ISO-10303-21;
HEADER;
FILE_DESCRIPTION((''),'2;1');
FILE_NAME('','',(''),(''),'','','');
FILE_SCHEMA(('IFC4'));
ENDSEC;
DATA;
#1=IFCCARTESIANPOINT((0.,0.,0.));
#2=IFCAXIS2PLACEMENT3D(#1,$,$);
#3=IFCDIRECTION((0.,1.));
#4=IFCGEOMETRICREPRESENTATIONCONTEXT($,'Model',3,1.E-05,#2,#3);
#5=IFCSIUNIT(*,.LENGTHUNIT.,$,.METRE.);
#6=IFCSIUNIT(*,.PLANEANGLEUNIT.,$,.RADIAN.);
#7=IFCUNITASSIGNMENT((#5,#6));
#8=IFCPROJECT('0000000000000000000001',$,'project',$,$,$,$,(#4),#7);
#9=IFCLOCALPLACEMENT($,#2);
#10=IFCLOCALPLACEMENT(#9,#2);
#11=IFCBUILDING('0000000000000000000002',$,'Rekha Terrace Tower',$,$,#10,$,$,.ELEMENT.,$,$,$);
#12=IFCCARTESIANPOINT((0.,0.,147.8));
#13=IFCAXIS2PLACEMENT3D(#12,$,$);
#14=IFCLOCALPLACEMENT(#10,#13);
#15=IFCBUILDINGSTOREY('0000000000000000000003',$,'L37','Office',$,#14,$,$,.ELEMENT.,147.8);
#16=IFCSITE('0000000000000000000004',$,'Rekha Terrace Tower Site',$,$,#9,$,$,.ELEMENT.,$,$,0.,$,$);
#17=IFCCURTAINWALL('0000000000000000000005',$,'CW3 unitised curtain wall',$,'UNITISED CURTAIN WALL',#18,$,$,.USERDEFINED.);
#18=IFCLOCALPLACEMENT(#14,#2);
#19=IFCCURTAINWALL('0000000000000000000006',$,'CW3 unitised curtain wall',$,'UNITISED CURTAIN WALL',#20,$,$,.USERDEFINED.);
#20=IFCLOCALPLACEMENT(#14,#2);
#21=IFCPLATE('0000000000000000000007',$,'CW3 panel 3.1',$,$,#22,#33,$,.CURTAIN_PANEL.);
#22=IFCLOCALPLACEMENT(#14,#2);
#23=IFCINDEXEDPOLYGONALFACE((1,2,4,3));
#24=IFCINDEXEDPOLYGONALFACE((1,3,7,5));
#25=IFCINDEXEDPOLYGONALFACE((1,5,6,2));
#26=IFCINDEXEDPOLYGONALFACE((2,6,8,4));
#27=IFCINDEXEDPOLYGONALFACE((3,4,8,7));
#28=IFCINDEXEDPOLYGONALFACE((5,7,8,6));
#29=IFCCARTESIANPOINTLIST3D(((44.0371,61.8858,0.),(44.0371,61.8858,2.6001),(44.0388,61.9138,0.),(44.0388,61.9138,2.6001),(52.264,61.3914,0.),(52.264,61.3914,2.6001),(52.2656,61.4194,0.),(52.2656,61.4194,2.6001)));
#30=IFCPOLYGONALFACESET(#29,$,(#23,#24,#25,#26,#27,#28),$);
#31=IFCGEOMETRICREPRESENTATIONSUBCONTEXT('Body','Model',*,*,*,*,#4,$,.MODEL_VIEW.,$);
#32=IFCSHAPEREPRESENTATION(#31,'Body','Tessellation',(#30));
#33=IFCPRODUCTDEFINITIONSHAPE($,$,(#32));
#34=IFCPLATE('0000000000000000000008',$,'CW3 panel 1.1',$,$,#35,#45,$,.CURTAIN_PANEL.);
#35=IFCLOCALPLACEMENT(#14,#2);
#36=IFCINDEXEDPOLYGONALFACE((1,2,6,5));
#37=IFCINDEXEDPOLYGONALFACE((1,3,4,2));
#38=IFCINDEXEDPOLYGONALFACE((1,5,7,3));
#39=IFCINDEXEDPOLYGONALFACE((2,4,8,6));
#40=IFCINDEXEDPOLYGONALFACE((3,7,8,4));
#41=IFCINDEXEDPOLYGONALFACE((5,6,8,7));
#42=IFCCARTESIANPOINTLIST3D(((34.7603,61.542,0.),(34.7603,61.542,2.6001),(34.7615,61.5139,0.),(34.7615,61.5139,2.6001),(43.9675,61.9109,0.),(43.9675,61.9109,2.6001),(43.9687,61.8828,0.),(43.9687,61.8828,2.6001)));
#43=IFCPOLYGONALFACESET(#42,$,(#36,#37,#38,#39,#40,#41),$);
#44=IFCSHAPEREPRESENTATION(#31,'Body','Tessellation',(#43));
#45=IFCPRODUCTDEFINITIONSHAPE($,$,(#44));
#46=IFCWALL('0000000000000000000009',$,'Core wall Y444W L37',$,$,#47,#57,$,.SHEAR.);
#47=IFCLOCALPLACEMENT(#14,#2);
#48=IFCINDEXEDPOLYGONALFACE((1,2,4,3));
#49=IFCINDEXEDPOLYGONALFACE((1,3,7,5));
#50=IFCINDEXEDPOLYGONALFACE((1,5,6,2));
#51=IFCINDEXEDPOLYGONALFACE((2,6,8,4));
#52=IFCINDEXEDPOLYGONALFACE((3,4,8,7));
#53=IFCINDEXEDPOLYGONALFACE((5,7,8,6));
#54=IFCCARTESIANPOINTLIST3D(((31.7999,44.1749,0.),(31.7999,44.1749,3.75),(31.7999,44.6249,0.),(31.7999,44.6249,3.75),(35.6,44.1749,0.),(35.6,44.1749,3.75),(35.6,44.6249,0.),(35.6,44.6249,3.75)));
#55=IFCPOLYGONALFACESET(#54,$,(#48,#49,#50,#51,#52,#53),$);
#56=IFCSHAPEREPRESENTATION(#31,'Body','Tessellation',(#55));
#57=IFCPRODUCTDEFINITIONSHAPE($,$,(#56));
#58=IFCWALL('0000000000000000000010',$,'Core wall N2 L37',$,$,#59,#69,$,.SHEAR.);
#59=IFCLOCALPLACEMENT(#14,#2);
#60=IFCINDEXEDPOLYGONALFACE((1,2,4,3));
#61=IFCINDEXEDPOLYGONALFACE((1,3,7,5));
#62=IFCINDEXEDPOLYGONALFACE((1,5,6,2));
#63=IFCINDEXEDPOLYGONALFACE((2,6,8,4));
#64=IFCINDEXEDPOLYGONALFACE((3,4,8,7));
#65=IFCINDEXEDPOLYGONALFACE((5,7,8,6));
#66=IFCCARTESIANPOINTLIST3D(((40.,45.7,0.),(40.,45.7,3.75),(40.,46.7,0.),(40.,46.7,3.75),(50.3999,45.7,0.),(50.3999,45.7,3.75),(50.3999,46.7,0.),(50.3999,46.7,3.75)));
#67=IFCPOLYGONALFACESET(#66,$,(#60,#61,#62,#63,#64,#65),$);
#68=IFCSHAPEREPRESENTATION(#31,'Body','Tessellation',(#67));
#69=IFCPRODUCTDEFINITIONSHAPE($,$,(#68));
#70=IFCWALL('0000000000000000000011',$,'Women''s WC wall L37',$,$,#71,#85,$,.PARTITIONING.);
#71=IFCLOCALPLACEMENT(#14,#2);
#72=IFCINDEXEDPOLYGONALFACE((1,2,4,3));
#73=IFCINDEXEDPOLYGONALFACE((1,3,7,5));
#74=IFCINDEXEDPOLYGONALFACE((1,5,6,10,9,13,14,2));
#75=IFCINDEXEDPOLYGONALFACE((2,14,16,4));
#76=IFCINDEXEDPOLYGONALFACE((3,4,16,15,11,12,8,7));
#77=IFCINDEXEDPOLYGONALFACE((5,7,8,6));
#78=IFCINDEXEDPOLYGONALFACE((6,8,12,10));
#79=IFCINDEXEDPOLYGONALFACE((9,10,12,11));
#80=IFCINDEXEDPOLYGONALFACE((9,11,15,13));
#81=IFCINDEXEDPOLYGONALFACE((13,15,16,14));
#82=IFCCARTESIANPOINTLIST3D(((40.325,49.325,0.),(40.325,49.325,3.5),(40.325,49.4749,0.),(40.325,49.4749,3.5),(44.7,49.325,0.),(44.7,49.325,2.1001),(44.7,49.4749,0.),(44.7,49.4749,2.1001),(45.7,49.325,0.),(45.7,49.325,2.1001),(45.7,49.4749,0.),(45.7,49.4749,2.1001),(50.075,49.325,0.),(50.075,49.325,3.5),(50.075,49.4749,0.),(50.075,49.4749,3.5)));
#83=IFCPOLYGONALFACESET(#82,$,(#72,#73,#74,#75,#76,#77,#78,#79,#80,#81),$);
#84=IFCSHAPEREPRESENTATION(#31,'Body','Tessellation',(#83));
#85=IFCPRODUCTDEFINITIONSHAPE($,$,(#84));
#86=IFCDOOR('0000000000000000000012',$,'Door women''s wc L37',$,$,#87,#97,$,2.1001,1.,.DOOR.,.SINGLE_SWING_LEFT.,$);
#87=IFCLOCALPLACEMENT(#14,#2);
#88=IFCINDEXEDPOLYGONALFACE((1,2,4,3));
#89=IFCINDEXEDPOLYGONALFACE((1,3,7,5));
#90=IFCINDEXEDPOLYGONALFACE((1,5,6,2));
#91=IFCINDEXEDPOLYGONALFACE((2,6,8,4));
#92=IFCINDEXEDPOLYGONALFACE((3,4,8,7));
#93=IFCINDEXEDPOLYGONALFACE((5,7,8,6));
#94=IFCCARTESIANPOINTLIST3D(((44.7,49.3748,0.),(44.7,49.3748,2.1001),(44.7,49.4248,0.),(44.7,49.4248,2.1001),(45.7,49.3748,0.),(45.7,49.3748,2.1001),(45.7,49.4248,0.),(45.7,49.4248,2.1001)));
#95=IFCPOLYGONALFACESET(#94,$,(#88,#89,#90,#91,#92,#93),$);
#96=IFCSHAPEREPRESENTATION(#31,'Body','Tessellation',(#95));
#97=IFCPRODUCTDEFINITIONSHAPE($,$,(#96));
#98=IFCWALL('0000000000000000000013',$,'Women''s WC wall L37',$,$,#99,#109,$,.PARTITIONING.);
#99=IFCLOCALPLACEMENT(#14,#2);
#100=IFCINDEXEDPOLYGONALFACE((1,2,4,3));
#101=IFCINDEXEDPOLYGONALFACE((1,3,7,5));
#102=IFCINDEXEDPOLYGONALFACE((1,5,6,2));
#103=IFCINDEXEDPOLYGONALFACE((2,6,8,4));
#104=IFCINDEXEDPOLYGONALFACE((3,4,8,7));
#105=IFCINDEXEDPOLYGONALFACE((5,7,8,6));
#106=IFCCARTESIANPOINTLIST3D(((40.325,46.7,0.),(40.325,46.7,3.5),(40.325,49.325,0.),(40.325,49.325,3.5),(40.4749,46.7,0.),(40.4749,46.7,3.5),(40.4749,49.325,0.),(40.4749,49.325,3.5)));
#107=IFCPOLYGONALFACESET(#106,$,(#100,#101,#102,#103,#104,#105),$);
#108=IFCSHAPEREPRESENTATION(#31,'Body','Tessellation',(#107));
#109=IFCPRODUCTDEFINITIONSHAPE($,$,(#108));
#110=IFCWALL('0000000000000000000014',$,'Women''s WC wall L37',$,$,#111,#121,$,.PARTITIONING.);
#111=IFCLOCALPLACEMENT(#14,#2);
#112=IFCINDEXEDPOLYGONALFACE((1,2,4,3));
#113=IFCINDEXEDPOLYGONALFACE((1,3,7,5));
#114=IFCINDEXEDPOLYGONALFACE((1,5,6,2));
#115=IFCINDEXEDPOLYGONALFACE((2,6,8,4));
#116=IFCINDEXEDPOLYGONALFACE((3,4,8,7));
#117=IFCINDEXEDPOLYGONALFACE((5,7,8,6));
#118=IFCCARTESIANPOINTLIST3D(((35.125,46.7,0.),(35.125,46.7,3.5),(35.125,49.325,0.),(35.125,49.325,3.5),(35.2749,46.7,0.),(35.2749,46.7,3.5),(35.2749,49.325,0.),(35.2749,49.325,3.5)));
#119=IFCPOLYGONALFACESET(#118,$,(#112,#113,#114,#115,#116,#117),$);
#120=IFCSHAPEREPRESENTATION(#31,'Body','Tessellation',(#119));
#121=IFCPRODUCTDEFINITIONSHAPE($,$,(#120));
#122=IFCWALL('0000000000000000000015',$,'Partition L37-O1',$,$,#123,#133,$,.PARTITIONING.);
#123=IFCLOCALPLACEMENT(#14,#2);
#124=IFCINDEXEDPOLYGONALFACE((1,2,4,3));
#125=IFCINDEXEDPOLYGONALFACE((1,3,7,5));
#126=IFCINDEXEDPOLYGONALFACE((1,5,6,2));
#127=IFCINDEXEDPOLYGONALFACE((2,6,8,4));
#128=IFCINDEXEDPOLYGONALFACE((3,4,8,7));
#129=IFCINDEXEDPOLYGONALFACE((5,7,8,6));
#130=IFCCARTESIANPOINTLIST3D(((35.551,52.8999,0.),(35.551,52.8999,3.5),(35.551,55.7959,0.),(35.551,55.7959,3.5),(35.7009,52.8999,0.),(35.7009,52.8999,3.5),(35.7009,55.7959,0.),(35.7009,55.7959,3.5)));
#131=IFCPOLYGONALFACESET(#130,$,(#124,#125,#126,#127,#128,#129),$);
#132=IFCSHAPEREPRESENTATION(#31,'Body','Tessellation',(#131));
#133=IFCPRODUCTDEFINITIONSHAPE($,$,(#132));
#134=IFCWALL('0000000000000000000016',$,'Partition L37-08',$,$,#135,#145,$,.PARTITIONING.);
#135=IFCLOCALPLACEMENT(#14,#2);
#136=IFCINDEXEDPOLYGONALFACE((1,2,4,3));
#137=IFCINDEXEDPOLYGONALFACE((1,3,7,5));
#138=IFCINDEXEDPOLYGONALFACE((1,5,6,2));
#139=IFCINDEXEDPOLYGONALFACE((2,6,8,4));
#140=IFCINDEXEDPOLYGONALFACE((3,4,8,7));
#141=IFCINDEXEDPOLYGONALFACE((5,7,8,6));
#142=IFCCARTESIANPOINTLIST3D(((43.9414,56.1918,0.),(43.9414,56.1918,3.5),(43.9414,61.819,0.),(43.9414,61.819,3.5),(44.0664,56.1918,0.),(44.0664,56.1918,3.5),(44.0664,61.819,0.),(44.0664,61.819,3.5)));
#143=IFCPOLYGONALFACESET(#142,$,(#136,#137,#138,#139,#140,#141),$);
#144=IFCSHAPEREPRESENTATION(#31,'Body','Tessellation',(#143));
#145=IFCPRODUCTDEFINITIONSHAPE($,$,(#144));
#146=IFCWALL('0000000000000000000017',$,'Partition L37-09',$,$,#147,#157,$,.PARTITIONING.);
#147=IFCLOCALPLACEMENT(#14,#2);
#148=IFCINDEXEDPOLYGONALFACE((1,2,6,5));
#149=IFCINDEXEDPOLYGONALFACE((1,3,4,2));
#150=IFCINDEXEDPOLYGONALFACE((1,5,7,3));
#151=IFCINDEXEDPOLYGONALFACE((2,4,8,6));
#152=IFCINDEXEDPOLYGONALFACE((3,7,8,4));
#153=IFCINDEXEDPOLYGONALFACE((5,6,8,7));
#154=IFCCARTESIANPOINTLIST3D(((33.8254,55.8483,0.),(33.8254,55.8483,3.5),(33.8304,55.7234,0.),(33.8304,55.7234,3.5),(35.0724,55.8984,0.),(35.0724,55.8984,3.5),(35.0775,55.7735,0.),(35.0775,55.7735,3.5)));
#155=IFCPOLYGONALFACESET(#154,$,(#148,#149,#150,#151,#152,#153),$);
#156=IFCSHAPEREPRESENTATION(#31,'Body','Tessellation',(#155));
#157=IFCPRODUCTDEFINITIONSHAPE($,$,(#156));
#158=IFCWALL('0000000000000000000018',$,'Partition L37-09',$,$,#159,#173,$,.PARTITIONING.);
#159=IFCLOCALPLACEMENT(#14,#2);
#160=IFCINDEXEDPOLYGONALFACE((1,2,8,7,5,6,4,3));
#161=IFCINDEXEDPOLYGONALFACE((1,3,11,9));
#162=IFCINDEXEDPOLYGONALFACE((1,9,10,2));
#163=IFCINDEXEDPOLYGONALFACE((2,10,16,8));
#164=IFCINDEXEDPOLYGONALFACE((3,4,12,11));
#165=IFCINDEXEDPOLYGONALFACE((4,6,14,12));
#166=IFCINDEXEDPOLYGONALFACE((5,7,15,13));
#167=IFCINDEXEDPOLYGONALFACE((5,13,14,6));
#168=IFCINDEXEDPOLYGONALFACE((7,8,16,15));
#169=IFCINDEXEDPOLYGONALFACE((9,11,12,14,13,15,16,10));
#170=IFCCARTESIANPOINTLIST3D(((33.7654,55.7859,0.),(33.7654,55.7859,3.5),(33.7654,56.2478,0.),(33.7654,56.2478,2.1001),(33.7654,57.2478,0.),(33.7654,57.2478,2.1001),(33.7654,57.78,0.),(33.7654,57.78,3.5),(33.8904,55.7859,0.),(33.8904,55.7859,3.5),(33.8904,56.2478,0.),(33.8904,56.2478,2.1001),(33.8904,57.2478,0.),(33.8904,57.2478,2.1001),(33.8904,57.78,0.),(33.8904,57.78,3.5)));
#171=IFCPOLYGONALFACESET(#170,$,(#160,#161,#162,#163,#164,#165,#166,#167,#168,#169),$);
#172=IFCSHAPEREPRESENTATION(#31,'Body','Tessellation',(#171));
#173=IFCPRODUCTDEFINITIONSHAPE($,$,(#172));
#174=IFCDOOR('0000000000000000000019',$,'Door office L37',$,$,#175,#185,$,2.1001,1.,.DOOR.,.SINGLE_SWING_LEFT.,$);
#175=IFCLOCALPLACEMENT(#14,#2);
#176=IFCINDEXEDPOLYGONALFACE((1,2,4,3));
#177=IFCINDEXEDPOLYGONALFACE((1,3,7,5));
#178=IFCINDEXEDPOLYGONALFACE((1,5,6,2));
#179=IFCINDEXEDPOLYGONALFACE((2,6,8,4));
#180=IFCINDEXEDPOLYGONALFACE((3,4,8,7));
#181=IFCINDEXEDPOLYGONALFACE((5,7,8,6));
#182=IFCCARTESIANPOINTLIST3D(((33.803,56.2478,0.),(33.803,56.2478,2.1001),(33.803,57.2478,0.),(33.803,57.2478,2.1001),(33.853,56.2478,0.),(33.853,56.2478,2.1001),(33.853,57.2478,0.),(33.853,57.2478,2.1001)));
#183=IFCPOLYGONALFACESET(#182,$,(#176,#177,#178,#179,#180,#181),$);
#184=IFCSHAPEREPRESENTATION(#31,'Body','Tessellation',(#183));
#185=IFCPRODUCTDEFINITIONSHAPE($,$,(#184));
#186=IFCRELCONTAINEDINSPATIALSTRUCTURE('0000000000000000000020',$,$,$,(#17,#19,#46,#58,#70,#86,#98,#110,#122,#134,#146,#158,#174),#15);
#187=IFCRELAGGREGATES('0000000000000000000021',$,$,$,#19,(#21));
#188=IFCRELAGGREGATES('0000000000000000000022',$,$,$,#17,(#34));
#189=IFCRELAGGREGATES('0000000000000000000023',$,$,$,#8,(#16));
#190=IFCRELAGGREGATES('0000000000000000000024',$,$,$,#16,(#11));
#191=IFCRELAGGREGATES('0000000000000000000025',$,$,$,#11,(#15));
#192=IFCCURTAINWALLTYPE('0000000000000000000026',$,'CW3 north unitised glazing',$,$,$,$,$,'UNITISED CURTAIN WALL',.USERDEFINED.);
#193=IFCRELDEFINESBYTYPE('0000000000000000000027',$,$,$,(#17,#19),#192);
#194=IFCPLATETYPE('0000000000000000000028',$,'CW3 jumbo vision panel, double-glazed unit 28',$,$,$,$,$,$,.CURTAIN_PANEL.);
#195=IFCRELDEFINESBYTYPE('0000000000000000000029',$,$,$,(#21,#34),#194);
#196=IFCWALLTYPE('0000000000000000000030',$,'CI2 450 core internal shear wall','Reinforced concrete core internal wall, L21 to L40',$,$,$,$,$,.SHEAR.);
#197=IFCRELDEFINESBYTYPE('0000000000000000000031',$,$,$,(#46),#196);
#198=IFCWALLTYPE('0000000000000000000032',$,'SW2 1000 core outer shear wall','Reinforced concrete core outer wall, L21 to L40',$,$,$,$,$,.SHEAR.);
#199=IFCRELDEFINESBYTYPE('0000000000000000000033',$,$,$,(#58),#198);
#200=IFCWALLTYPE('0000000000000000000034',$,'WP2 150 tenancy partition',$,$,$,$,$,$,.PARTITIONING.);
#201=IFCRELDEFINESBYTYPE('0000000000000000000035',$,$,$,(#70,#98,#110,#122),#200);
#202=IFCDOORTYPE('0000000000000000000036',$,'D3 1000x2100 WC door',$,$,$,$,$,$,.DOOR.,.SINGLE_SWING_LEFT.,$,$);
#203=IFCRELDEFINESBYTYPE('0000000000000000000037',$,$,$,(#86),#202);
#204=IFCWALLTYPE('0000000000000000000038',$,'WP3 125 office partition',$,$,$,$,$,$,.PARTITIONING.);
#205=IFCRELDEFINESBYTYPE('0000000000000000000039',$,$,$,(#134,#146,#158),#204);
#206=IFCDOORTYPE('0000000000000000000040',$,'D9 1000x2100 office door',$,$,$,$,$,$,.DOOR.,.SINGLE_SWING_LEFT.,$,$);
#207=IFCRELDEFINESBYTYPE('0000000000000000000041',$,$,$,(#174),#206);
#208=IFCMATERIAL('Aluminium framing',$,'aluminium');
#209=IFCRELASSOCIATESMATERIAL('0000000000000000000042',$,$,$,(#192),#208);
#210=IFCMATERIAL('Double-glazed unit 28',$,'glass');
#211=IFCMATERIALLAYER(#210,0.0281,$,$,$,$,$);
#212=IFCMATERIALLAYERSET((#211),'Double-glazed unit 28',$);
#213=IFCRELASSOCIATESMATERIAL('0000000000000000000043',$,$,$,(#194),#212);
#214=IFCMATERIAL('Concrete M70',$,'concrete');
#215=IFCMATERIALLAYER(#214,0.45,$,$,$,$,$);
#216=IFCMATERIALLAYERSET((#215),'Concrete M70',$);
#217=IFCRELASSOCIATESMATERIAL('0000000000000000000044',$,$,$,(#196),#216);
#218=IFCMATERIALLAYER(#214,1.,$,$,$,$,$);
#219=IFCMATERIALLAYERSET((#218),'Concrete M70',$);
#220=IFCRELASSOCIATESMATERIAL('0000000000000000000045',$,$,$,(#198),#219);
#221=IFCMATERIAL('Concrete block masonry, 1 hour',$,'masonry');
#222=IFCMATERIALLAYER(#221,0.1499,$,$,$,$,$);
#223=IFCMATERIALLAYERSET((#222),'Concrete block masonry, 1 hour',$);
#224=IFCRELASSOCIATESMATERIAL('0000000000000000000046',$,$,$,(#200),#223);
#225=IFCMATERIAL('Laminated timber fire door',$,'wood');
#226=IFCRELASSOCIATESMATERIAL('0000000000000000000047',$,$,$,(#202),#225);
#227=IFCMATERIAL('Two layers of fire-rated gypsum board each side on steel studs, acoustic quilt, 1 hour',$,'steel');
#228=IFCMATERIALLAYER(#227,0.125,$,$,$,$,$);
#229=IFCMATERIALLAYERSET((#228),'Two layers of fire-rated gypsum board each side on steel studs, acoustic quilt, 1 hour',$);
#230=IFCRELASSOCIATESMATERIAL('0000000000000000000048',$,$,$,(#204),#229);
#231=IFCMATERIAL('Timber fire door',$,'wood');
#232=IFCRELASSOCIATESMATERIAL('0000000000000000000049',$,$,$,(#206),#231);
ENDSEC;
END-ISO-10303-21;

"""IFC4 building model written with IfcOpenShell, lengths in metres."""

from ifc_helpers import new_model, si_unit, direction, frame, frame_2d, origin, origin_2d, place, context, subcontext, project, spatial, rectangle, extrude, material, layer, layer_set, type_object, element, fill, aggregate, save


model = new_model("IFC4")

# Units and contexts
model_context = context("Model", 3, precision=1e-05, world=origin(), true_north=direction((0.0, 1.0)))
body_context = subcontext(model_context, "Body", "Model", "MODEL_VIEW")
ifc_project = project(units=[si_unit("LENGTHUNIT", "METRE"), si_unit("PLANEANGLEUNIT", "RADIAN")], contexts=[model_context])

# Site, building, storey
site_placement = place(None, origin())
site = spatial("IfcSite", under=ifc_project, at=site_placement, Name="Rekha Terrace Tower Site", CompositionType="ELEMENT", RefElevation=0.0)
building_placement = place(site_placement, origin())
building = spatial("IfcBuilding", under=site, at=building_placement, Name="Rekha Terrace Tower", CompositionType="ELEMENT")
storey_placement = place(building_placement, frame((0.0, 0.0, 147.8)))
storey = spatial("IfcBuildingStorey", under=building, at=storey_placement, Name="L37", Description="Office", CompositionType="ELEMENT", Elevation=147.8)

# Shared definitions
ifc_material_1 = material(Name="Concrete M70", Category="concrete")

# Curtain wall
ifc_material_2 = material(Name="Aluminium framing", Category="aluminium")
curtain_wall_type = type_object("IfcCurtainWallType", Name="CW3 north unitised glazing", ElementType="UNITISED CURTAIN WALL", PredefinedType="USERDEFINED", material=ifc_material_2)
curtain_wall_1_placement = place(storey_placement, origin())
curtain_wall_1 = element("IfcCurtainWall", 1, at=curtain_wall_1_placement, inside=storey, type_object=curtain_wall_type, Name="CW3 unitised curtain wall", ObjectType="UNITISED CURTAIN WALL", PredefinedType="USERDEFINED")

# Curtain wall, plate
curtain_wall_2_placement = place(storey_placement, origin())
curtain_wall_2 = element("IfcCurtainWall", 2, at=curtain_wall_2_placement, inside=storey, type_object=curtain_wall_type, Name="CW3 unitised curtain wall", ObjectType="UNITISED CURTAIN WALL", PredefinedType="USERDEFINED")
ifc_material_3 = material(Name="Double-glazed unit 28", Category="glass")
ifc_layer_1 = layer(ifc_material_3, 0.0281)
ifc_layer_set_1 = layer_set([ifc_layer_1], Name="Double-glazed unit 28")
plate_type = type_object("IfcPlateType", Name="CW3 jumbo vision panel, double-glazed unit 28", PredefinedType="CURTAIN_PANEL", material=ifc_layer_set_1)
plate_1_placement = place(storey_placement, frame((48.1514, 61.6526, 0.0), z_axis=(0.0, 0.0, 1.0), x_axis=(-0.998199, 0.059988, 0.0)))
plate_1 = element("IfcPlate", 3, at=plate_1_placement, type_object=plate_type, Name="CW3 panel 3.1", PredefinedType="CURTAIN_PANEL", context=body_context, shape_type="SweptSolid", body=[
    extrude(rectangle(XDim=8.2417, YDim=0.0281, at=origin_2d()), origin(), (0.0, 0.0, 1.0), 2.6001),
])
aggregate(curtain_wall_2, [plate_1])

# Plate
plate_2_placement = place(storey_placement, frame((39.3645, 61.7124, 0.0), z_axis=(0.0, 0.0, 1.0), x_axis=(-0.999198, -0.040032, 0.0)))
plate_2 = element("IfcPlate", 4, at=plate_2_placement, type_object=plate_type, Name="CW3 panel 1.1", PredefinedType="CURTAIN_PANEL", context=body_context, shape_type="SweptSolid", body=[
    extrude(rectangle(XDim=9.2146, YDim=0.0281, at=origin_2d()), origin(), (0.0, 0.0, 1.0), 2.6001),
])
aggregate(curtain_wall_1, [plate_2])

# Walls
ifc_layer_2 = layer(ifc_material_1, 0.45)
ifc_layer_set_2 = layer_set([ifc_layer_2], Name="Concrete M70")
wall_type_1 = type_object("IfcWallType", Name="CI2 450 core internal shear wall", Description="Reinforced concrete core internal wall, L21 to L40", PredefinedType="SHEAR", material=ifc_layer_set_2)
wall_1_placement = place(storey_placement, frame((31.8, 44.3999, 0.0), z_axis=(0.0, 0.0, 1.0), x_axis=(1.0, 0.0, 0.0)))
element("IfcWall", 5, at=wall_1_placement, inside=storey, type_object=wall_type_1, Name="Core wall Y444W L37", PredefinedType="SHEAR", context=body_context, shape_type="SweptSolid", body=[
    extrude(rectangle(XDim=3.8, YDim=0.45, at=frame_2d((1.8999, 0.0))), origin(), (0.0, 0.0, 1.0), 3.75),
])
ifc_layer_3 = layer(ifc_material_1, 1.0)
ifc_layer_set_3 = layer_set([ifc_layer_3], Name="Concrete M70")
wall_type_2 = type_object("IfcWallType", Name="SW2 1000 core outer shear wall", Description="Reinforced concrete core outer wall, L21 to L40", PredefinedType="SHEAR", material=ifc_layer_set_3)
wall_2_placement = place(storey_placement, frame((40.0, 46.2, 0.0), z_axis=(0.0, 0.0, 1.0), x_axis=(1.0, 0.0, 0.0)))
element("IfcWall", 6, at=wall_2_placement, inside=storey, type_object=wall_type_2, Name="Core wall N2 L37", PredefinedType="SHEAR", context=body_context, shape_type="SweptSolid", body=[
    extrude(rectangle(XDim=10.3999, YDim=1.0, at=frame_2d((5.2, 0.0))), origin(), (0.0, 0.0, 1.0), 3.75),
])

# Wall, opening, door
ifc_material_4 = material(Name="Concrete block masonry, 1 hour", Category="masonry")
ifc_layer_4 = layer(ifc_material_4, 0.1499)
ifc_layer_set_4 = layer_set([ifc_layer_4], Name="Concrete block masonry, 1 hour")
wall_type_3 = type_object("IfcWallType", Name="WP2 150 tenancy partition", PredefinedType="PARTITIONING", material=ifc_layer_set_4)
wall_3_placement = place(storey_placement, frame((40.325, 49.3999, 0.0), z_axis=(0.0, 0.0, 1.0), x_axis=(1.0, 0.0, 0.0)))
wall_3 = element("IfcWall", 7, at=wall_3_placement, inside=storey, type_object=wall_type_3, Name="Women's WC wall L37", PredefinedType="PARTITIONING", context=body_context, shape_type="SweptSolid", body=[
    extrude(rectangle(XDim=9.75, YDim=0.1499, at=frame_2d((4.875, 0.0))), origin(), (0.0, 0.0, 1.0), 3.5),
])
opening_1_placement = place(wall_3_placement, frame((4.375, 0.0, 0.0)))
opening_1 = element("IfcOpeningElement", 8, at=opening_1_placement, cuts=wall_3, PredefinedType="OPENING", context=body_context, shape_type="SweptSolid", body=[
    extrude(rectangle(XDim=1.0, YDim=2.1001, at=frame_2d((0.5, 1.05))), frame((0.0, 0.085, 0.0), z_axis=(0.0, -1.0, 0.0), x_axis=(1.0, 0.0, 0.0)), (0.0, 0.0, 1.0), 0.1699),
])
ifc_material_5 = material(Name="Laminated timber fire door", Category="wood")
door_type_1 = type_object("IfcDoorType", Name="D3 1000x2100 WC door", OperationType="SINGLE_SWING_LEFT", PredefinedType="DOOR", material=ifc_material_5)
door_1_placement = place(opening_1_placement, origin())
door_1 = element("IfcDoor", 9, at=door_1_placement, inside=storey, type_object=door_type_1, Name="Door women's wc L37", OperationType="SINGLE_SWING_LEFT", OverallHeight=2.1001, OverallWidth=1.0, PredefinedType="DOOR", context=body_context, shape_type="SweptSolid", body=[
    extrude(rectangle(XDim=1.0, YDim=2.1001, at=frame_2d((0.5, 1.05))), frame((0.0, 0.0249, 0.0), z_axis=(0.0, -1.0, 0.0), x_axis=(1.0, 0.0, 0.0)), (0.0, 0.0, 1.0), 0.05),
])
fill(opening_1, door_1)

# Walls
for number, where, z_axis, x_axis, name in (
    (10, (40.3999, 46.7, 0.0), (0.0, 0.0, 1.0), (0.0, 1.0, 0.0), "Women's WC wall L37"),
    (11, (35.2, 46.7, 0.0), (0.0, 0.0, 1.0), (0.0, 1.0, 0.0), "Women's WC wall L37"),
):
    element("IfcWall", number, at=place(storey_placement, frame(where, z_axis=z_axis, x_axis=x_axis)), inside=storey, type_object=wall_type_3, Name=name, PredefinedType="PARTITIONING", context=body_context, shape_type="SweptSolid", body=[
        extrude(rectangle(XDim=2.625, YDim=0.1499, at=frame_2d((1.3125, 0.0))), origin(), (0.0, 0.0, 1.0), 3.5),
    ])
wall_4_placement = place(storey_placement, frame((35.626, 52.8999, 0.0), z_axis=(0.0, 0.0, 1.0), x_axis=(0.0, 1.0, 0.0)))
element("IfcWall", 12, at=wall_4_placement, inside=storey, type_object=wall_type_3, Name="Partition L37-O1", PredefinedType="PARTITIONING", context=body_context, shape_type="SweptSolid", body=[
    extrude(rectangle(XDim=2.896, YDim=0.1499, at=frame_2d((1.448, 0.0))), origin(), (0.0, 0.0, 1.0), 3.5),
])
ifc_material_6 = material(Name="Two layers of fire-rated gypsum board each side on steel studs, acoustic quilt, 1 hour", Category="steel")
ifc_layer_5 = layer(ifc_material_6, 0.125)
ifc_layer_set_5 = layer_set([ifc_layer_5], Name="Two layers of fire-rated gypsum board each side on steel studs, acoustic quilt, 1 hour")
wall_type_4 = type_object("IfcWallType", Name="WP3 125 office partition", PredefinedType="PARTITIONING", material=ifc_layer_set_5)
wall_5_placement = place(storey_placement, frame((44.0039, 56.1919, 0.0), z_axis=(0.0, 0.0, 1.0), x_axis=(0.0, 1.0, 0.0)))
element("IfcWall", 13, at=wall_5_placement, inside=storey, type_object=wall_type_4, Name="Partition L37-08", PredefinedType="PARTITIONING", context=body_context, shape_type="SweptSolid", body=[
    extrude(rectangle(XDim=5.6272, YDim=0.125, at=frame_2d((2.8135, 0.0))), origin(), (0.0, 0.0, 1.0), 3.5),
])
wall_6_placement = place(storey_placement, frame((35.075, 55.8359, 0.0), z_axis=(0.0, 0.0, 1.0), x_axis=(-0.999196, -0.040101, 0.0)))
element("IfcWall", 14, at=wall_6_placement, inside=storey, type_object=wall_type_4, Name="Partition L37-09", PredefinedType="PARTITIONING", context=body_context, shape_type="SweptSolid", body=[
    extrude(rectangle(XDim=1.248, YDim=0.125, at=frame_2d((0.624, 0.0))), origin(), (0.0, 0.0, 1.0), 3.5),
])

# Wall, opening, door
wall_7_placement = place(storey_placement, frame((33.8279, 55.7859, 0.0), z_axis=(0.0, 0.0, 1.0), x_axis=(0.0, 1.0, 0.0)))
wall_7 = element("IfcWall", 15, at=wall_7_placement, inside=storey, type_object=wall_type_4, Name="Partition L37-09", PredefinedType="PARTITIONING", context=body_context, shape_type="SweptSolid", body=[
    extrude(rectangle(XDim=1.9941, YDim=0.125, at=frame_2d((0.9971, 0.0))), origin(), (0.0, 0.0, 1.0), 3.5),
])
opening_2_placement = place(wall_7_placement, frame((0.4619, 0.0, 0.0)))
opening_2 = element("IfcOpeningElement", 16, at=opening_2_placement, cuts=wall_7, PredefinedType="OPENING", context=body_context, shape_type="SweptSolid", body=[
    extrude(rectangle(XDim=1.0, YDim=2.1001, at=frame_2d((0.5, 1.05))), frame((0.0, 0.0725, 0.0), z_axis=(0.0, -1.0, 0.0), x_axis=(1.0, 0.0, 0.0)), (0.0, 0.0, 1.0), 0.145),
])
ifc_material_7 = material(Name="Timber fire door", Category="wood")
door_type_2 = type_object("IfcDoorType", Name="D9 1000x2100 office door", OperationType="SINGLE_SWING_LEFT", PredefinedType="DOOR", material=ifc_material_7)
door_2_placement = place(opening_2_placement, origin())
door_2 = element("IfcDoor", 17, at=door_2_placement, inside=storey, type_object=door_type_2, Name="Door office L37", OperationType="SINGLE_SWING_LEFT", OverallHeight=2.1001, OverallWidth=1.0, PredefinedType="DOOR", context=body_context, shape_type="SweptSolid", body=[
    extrude(rectangle(XDim=1.0, YDim=2.1001, at=frame_2d((0.5, 1.05))), frame((0.0, 0.0249, 0.0), z_axis=(0.0, -1.0, 0.0), x_axis=(1.0, 0.0, 0.0)), (0.0, 0.0, 1.0), 0.05),
])
fill(opening_2, door_2)

save(model, "model.ifc")
